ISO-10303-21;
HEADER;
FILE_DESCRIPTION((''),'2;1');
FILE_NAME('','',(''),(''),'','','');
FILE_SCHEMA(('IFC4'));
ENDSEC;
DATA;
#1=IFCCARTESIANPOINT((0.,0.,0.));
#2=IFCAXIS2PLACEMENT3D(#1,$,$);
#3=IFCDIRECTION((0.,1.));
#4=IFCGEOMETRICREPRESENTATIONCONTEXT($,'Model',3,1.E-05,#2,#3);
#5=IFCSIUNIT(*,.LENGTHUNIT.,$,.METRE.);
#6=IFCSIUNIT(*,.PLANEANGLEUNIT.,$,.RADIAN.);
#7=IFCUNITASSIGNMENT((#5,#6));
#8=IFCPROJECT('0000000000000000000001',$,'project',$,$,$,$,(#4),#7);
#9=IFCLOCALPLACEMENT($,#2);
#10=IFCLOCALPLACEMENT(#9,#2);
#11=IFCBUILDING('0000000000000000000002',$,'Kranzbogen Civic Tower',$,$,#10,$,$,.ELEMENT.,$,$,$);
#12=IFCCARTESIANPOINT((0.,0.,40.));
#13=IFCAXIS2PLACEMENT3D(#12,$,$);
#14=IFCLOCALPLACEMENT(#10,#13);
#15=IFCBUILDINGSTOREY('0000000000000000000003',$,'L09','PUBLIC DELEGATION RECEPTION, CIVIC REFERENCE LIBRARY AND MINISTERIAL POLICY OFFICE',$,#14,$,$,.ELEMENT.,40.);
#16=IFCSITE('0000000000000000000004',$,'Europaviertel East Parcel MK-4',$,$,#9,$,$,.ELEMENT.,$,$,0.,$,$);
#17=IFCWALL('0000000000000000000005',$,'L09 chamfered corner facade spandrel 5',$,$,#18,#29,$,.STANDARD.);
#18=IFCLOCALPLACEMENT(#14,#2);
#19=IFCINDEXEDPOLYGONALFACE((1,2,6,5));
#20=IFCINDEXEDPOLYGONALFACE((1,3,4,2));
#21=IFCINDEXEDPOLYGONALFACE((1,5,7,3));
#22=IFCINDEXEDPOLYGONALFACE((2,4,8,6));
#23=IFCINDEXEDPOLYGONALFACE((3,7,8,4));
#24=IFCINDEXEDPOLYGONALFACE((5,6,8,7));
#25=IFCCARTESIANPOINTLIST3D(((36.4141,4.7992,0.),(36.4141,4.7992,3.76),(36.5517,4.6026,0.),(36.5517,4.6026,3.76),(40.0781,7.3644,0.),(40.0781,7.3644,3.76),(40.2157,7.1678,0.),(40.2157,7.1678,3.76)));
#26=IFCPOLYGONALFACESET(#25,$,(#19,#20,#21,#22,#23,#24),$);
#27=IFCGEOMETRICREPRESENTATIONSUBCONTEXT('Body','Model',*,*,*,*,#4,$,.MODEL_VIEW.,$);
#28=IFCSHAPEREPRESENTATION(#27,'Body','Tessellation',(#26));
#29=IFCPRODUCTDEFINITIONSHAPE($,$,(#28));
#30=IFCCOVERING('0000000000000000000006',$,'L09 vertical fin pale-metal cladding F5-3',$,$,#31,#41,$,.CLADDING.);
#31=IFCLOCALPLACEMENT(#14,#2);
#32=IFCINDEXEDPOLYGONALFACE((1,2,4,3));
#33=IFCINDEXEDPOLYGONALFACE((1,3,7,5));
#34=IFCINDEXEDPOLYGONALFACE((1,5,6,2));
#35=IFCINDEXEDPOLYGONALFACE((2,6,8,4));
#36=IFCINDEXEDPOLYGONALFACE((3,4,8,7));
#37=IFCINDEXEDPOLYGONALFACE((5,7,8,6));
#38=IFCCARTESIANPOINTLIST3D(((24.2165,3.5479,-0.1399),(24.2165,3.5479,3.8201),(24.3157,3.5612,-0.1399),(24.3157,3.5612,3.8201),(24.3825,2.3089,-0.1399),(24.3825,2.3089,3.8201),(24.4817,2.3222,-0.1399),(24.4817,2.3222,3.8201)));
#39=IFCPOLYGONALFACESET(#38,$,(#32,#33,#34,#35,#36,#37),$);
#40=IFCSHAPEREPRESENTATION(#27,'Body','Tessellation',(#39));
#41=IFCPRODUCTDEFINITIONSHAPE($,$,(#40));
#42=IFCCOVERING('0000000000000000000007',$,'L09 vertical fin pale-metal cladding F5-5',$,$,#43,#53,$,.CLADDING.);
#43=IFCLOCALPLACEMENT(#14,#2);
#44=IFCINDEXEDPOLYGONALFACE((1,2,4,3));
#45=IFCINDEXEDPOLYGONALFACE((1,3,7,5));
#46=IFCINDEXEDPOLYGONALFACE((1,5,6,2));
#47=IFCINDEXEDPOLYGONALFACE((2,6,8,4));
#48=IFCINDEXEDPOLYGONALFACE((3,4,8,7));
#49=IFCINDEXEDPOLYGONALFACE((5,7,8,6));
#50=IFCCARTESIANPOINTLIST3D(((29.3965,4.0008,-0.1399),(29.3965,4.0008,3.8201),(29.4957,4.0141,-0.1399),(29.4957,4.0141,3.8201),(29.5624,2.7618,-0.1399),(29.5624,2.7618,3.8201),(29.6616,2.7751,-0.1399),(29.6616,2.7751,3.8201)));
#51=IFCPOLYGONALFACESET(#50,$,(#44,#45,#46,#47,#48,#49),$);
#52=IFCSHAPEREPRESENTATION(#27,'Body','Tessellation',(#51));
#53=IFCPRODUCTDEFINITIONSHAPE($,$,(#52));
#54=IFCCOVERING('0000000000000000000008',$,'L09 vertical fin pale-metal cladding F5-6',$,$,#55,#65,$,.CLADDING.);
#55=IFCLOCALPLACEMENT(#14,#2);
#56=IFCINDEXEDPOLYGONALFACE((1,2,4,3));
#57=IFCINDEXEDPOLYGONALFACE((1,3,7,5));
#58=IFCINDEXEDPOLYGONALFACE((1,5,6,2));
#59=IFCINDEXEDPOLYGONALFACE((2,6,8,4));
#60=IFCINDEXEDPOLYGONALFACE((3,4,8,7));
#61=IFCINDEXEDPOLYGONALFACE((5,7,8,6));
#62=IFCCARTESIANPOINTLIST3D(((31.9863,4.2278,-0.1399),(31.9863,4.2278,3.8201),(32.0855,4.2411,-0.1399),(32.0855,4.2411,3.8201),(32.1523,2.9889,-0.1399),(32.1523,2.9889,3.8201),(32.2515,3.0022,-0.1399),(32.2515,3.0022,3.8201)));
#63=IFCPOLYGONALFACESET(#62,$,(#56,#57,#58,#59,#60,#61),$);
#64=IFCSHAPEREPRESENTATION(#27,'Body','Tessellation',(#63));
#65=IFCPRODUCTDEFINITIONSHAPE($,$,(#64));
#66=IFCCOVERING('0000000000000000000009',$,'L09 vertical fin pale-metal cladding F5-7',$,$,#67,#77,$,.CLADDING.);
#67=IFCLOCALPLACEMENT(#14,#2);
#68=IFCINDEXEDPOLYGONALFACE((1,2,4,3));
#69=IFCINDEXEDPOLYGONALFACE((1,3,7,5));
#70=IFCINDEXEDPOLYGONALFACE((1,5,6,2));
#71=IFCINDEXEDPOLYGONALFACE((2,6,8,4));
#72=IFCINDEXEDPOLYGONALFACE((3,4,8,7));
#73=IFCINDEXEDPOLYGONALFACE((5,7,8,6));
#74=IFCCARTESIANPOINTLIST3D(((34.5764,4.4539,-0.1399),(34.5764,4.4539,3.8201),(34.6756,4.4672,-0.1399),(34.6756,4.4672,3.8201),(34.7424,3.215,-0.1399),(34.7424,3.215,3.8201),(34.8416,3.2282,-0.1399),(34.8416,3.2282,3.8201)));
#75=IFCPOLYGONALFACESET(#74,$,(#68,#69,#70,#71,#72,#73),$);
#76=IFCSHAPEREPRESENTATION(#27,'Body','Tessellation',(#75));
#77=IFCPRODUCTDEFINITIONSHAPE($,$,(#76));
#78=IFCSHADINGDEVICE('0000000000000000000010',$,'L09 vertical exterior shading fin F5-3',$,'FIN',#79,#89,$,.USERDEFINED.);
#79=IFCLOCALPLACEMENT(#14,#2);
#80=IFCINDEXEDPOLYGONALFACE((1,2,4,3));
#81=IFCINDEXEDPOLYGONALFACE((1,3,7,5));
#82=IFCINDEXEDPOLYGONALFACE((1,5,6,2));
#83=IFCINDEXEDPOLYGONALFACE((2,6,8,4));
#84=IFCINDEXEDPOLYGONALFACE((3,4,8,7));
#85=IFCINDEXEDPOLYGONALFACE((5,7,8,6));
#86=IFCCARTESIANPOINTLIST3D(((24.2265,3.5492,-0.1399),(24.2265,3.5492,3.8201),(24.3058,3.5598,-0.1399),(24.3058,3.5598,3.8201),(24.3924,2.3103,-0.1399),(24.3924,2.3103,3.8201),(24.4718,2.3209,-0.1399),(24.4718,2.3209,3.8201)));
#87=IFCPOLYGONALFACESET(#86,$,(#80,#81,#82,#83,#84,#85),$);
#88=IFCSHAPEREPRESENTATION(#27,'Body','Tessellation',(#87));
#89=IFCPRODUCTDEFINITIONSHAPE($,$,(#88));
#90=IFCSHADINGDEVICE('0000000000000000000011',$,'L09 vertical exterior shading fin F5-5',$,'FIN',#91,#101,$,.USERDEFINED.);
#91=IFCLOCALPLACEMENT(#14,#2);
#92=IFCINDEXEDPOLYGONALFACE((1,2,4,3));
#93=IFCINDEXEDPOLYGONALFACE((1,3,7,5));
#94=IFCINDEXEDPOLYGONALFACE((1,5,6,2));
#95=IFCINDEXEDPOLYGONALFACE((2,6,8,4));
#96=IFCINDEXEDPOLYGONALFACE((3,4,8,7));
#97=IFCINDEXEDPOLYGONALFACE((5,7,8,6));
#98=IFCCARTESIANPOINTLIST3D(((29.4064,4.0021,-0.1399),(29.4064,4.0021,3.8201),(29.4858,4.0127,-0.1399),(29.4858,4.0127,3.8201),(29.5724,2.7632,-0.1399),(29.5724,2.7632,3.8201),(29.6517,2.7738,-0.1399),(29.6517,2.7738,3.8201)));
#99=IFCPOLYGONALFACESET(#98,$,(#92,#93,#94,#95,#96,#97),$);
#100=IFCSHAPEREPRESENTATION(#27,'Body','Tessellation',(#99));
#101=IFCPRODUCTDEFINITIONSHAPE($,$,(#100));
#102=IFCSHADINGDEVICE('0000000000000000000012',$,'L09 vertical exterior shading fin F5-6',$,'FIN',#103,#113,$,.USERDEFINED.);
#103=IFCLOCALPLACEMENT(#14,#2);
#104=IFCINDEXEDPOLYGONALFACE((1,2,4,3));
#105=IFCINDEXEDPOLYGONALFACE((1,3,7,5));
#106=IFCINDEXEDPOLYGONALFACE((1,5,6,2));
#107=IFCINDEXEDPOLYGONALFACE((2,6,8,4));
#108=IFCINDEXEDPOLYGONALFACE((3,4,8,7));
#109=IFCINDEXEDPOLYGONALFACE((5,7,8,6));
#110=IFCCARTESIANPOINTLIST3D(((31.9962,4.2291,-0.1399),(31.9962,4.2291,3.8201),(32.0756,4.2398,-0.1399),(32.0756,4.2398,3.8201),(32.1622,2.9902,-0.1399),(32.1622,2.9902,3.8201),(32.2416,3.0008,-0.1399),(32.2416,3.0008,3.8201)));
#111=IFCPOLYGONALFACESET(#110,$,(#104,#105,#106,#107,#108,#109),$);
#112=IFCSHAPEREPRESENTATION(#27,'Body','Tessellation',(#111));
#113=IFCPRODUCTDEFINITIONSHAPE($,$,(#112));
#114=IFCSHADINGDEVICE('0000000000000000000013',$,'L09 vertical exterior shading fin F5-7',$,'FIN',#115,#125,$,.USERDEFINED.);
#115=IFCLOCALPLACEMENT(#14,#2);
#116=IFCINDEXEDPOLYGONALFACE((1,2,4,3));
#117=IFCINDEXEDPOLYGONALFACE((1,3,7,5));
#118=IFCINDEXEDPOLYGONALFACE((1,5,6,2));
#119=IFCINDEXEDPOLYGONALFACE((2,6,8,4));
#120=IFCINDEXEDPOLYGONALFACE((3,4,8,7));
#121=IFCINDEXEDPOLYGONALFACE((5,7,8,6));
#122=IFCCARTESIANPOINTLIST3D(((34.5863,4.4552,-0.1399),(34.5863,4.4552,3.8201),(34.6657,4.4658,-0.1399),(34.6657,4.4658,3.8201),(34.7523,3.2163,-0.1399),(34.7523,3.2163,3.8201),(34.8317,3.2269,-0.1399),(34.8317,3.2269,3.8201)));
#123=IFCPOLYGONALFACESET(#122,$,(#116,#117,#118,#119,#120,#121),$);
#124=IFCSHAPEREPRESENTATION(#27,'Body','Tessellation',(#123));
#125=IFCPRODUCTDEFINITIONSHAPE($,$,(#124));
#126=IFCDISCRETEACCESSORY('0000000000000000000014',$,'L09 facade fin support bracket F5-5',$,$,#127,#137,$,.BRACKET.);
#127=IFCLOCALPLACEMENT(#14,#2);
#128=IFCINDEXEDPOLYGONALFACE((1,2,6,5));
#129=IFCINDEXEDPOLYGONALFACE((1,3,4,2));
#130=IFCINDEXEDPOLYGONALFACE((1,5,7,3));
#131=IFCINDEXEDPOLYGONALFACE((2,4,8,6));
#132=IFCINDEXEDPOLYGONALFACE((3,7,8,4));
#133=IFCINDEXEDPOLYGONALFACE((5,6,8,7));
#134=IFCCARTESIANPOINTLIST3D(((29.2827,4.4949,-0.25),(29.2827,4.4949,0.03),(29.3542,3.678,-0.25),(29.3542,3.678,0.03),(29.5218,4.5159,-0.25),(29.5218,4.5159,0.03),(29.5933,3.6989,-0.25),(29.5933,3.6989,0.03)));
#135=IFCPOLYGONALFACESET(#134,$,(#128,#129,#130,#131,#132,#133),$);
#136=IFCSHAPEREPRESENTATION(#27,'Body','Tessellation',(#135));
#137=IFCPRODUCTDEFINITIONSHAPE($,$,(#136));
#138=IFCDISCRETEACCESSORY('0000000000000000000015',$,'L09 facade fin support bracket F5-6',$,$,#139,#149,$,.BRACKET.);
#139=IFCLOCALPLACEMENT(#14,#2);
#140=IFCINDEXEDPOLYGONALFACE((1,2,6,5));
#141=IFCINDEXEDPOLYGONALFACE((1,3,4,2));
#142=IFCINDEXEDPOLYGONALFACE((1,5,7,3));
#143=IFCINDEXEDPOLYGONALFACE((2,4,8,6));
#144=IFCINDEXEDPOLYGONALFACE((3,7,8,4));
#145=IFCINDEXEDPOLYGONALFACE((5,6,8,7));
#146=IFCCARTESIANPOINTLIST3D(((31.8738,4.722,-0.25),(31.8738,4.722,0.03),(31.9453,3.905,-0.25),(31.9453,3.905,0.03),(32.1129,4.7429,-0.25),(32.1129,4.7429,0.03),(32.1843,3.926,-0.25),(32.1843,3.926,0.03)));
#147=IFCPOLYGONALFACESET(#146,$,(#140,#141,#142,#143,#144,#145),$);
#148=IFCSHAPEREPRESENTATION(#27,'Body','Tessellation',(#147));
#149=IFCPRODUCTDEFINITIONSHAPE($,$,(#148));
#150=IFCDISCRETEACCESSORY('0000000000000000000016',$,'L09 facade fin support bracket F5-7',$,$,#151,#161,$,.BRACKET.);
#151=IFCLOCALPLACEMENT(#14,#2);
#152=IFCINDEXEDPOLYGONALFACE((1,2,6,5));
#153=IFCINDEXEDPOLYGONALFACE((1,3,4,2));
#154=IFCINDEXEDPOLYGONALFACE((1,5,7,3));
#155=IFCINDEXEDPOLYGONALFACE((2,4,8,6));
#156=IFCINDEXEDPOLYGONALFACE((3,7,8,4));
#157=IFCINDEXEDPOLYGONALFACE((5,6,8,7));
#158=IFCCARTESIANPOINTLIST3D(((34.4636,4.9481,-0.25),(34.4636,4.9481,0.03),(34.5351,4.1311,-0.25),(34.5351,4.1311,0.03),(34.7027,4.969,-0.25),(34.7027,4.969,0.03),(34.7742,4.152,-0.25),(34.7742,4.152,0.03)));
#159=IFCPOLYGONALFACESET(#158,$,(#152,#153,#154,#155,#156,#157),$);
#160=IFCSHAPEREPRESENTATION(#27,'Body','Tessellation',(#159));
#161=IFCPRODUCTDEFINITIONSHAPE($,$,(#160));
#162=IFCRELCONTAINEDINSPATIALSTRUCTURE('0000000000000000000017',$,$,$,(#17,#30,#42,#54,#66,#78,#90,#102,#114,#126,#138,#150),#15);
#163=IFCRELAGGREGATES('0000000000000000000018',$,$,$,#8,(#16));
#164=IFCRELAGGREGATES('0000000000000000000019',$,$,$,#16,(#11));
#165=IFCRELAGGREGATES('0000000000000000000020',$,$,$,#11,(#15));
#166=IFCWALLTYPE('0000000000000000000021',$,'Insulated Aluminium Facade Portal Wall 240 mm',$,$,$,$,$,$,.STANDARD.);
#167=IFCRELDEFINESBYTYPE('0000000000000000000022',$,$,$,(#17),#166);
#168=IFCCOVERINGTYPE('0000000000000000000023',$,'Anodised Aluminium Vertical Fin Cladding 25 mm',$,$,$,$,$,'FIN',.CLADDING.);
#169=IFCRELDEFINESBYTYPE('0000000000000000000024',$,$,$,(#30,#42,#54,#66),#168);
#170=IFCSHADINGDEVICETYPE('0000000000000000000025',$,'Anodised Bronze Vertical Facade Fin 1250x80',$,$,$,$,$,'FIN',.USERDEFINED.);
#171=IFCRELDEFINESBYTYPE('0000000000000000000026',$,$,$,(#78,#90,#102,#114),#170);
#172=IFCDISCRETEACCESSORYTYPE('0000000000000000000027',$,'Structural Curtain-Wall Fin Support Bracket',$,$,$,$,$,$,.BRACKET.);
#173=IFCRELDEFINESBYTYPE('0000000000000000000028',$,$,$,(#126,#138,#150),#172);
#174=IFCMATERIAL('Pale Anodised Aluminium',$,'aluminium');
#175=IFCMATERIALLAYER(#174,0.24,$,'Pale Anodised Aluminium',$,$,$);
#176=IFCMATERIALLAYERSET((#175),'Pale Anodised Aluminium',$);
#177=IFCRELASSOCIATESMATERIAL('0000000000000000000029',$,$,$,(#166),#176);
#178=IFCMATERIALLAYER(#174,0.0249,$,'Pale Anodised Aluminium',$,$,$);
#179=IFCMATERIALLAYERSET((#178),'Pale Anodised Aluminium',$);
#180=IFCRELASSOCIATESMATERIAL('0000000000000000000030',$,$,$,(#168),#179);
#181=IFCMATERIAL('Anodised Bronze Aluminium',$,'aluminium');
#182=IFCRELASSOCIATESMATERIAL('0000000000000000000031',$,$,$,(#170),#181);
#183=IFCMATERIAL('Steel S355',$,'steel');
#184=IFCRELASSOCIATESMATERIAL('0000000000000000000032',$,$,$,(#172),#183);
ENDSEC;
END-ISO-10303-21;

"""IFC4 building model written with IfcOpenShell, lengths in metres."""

from ifc_helpers import new_model, si_unit, direction, frame, frame_2d, origin, origin_2d, place, context, subcontext, project, spatial, rectangle, extrude, material, layer, layer_set, type_object, element, save


model = new_model("IFC4")

# Units and contexts
model_context = context("Model", 3, precision=1e-05, world=origin(), true_north=direction((0.0, 1.0)))
body_context = subcontext(model_context, "Body", "Model", "MODEL_VIEW")
ifc_project = project(units=[si_unit("LENGTHUNIT", "METRE"), si_unit("PLANEANGLEUNIT", "RADIAN")], contexts=[model_context])

# Site, building, storey
site_placement = place(None, origin())
site = spatial("IfcSite", under=ifc_project, at=site_placement, Name="Europaviertel East Parcel MK-4", CompositionType="ELEMENT", RefElevation=0.0)
building_placement = place(site_placement, origin())
building = spatial("IfcBuilding", under=site, at=building_placement, Name="Kranzbogen Civic Tower", CompositionType="ELEMENT")
storey_placement = place(building_placement, frame((0.0, 0.0, 40.0)))
storey = spatial("IfcBuildingStorey", under=building, at=storey_placement, Name="L09", Description="PUBLIC DELEGATION RECEPTION, CIVIC REFERENCE LIBRARY AND MINISTERIAL POLICY OFFICE", CompositionType="ELEMENT", Elevation=40.0)

# Shared definitions
ifc_material_1 = material(Name="Steel S355", Category="steel")

# Shared definitions
ifc_material_2 = material(Name="Pale Anodised Aluminium", Category="aluminium")

# Shared definitions
ifc_layer_1 = layer(ifc_material_2, 0.24, Name="Pale Anodised Aluminium")
ifc_layer_set_1 = layer_set([ifc_layer_1], Name="Pale Anodised Aluminium")
wall_type_1 = type_object("IfcWallType", Name="Insulated Aluminium Facade Portal Wall 240 mm", PredefinedType="STANDARD", material=ifc_layer_set_1)

# Wall
wall_1_placement = place(storey_placement, frame((36.4829, 4.7009, 0.0), z_axis=(0.0, 0.0, 1.0), x_axis=(0.819196, 0.573514, 0.0)))
element("IfcWall", 1, at=wall_1_placement, inside=storey, type_object=wall_type_1, Name="L09 chamfered corner facade spandrel 5", PredefinedType="STANDARD", context=body_context, shape_type="SweptSolid", body=[
    extrude(rectangle(XDim=4.4727, YDim=0.24, at=frame_2d((2.2363, 0.0))), origin(), (0.0, 0.0, 1.0), 3.76),
])

# Coverings
ifc_layer_2 = layer(ifc_material_2, 0.0249, Name="Pale Anodised Aluminium")
ifc_layer_set_2 = layer_set([ifc_layer_2], Name="Pale Anodised Aluminium")
covering_type = type_object("IfcCoveringType", Name="Anodised Aluminium Vertical Fin Cladding 25 mm", ElementType="FIN", PredefinedType="CLADDING", material=ifc_layer_set_2)
for number, where, z_axis, x_axis, name in (
    (2, (24.3491, 2.9351, -0.1399), (0.0, 0.0, 1.0), (0.132775, -0.991146, 0.0), "L09 vertical fin pale-metal cladding F5-3"),
    (3, (29.5291, 3.3879, -0.1399), (0.0, 0.0, 1.0), (0.132775, -0.991146, 0.0), "L09 vertical fin pale-metal cladding F5-5"),
    (4, (32.1189, 3.615, -0.1399), (0.0, 0.0, 1.0), (0.132775, -0.991146, 0.0), "L09 vertical fin pale-metal cladding F5-6"),
    (5, (34.709, 3.8411, -0.1399), (0.0, 0.0, 1.0), (0.132775, -0.991146, 0.0), "L09 vertical fin pale-metal cladding F5-7"),
):
    element("IfcCovering", number, at=place(storey_placement, frame(where, z_axis=z_axis, x_axis=x_axis)), inside=storey, type_object=covering_type, Name=name, PredefinedType="CLADDING", context=body_context, shape_type="SweptSolid", body=[
        extrude(rectangle(XDim=1.25, YDim=0.1001, at=origin_2d()), origin(), (0.0, 0.0, 1.0), 3.96),
    ])

# Shading devices
ifc_material_3 = material(Name="Anodised Bronze Aluminium", Category="aluminium")
shading_device_type = type_object("IfcShadingDeviceType", Name="Anodised Bronze Vertical Facade Fin 1250x80", ElementType="FIN", PredefinedType="USERDEFINED", material=ifc_material_3)
for number, where, z_axis, x_axis, name in (
    (6, (24.3491, 2.9351, -0.1399), (0.0, 0.0, 1.0), (0.132775, -0.991146, 0.0), "L09 vertical exterior shading fin F5-3"),
    (7, (29.5291, 3.3879, -0.1399), (0.0, 0.0, 1.0), (0.132775, -0.991146, 0.0), "L09 vertical exterior shading fin F5-5"),
    (8, (32.1189, 3.615, -0.1399), (0.0, 0.0, 1.0), (0.132775, -0.991146, 0.0), "L09 vertical exterior shading fin F5-6"),
    (9, (34.709, 3.8411, -0.1399), (0.0, 0.0, 1.0), (0.132775, -0.991146, 0.0), "L09 vertical exterior shading fin F5-7"),
):
    element("IfcShadingDevice", number, at=place(storey_placement, frame(where, z_axis=z_axis, x_axis=x_axis)), inside=storey, type_object=shading_device_type, Name=name, ObjectType="FIN", PredefinedType="USERDEFINED", context=body_context, shape_type="SweptSolid", body=[
        extrude(rectangle(XDim=1.25, YDim=0.0801, at=origin_2d()), origin(), (0.0, 0.0, 1.0), 3.96),
    ])

# Discrete accessories
discrete_accessory_type = type_object("IfcDiscreteAccessoryType", Name="Structural Curtain-Wall Fin Support Bracket", PredefinedType="BRACKET", material=ifc_material_1)
for number, where, z_axis, x_axis, name in (
    (10, (29.438, 4.0969, -0.25), (0.0, 0.0, 1.0), (0.087156, -0.996195, 0.0), "L09 facade fin support bracket F5-5"),
    (11, (32.0291, 4.324, -0.25), (0.0, 0.0, 1.0), (0.087156, -0.996195, 0.0), "L09 facade fin support bracket F5-6"),
    (12, (34.6189, 4.55, -0.25), (0.0, 0.0, 1.0), (0.087156, -0.996195, 0.0), "L09 facade fin support bracket F5-7"),
):
    element("IfcDiscreteAccessory", number, at=place(storey_placement, frame(where, z_axis=z_axis, x_axis=x_axis)), inside=storey, type_object=discrete_accessory_type, Name=name, PredefinedType="BRACKET", context=body_context, shape_type="SweptSolid", body=[
        extrude(rectangle(XDim=0.8201, YDim=0.24, at=origin_2d()), origin(), (0.0, 0.0, 1.0), 0.28),
    ])

save(model, "model.ifc")
